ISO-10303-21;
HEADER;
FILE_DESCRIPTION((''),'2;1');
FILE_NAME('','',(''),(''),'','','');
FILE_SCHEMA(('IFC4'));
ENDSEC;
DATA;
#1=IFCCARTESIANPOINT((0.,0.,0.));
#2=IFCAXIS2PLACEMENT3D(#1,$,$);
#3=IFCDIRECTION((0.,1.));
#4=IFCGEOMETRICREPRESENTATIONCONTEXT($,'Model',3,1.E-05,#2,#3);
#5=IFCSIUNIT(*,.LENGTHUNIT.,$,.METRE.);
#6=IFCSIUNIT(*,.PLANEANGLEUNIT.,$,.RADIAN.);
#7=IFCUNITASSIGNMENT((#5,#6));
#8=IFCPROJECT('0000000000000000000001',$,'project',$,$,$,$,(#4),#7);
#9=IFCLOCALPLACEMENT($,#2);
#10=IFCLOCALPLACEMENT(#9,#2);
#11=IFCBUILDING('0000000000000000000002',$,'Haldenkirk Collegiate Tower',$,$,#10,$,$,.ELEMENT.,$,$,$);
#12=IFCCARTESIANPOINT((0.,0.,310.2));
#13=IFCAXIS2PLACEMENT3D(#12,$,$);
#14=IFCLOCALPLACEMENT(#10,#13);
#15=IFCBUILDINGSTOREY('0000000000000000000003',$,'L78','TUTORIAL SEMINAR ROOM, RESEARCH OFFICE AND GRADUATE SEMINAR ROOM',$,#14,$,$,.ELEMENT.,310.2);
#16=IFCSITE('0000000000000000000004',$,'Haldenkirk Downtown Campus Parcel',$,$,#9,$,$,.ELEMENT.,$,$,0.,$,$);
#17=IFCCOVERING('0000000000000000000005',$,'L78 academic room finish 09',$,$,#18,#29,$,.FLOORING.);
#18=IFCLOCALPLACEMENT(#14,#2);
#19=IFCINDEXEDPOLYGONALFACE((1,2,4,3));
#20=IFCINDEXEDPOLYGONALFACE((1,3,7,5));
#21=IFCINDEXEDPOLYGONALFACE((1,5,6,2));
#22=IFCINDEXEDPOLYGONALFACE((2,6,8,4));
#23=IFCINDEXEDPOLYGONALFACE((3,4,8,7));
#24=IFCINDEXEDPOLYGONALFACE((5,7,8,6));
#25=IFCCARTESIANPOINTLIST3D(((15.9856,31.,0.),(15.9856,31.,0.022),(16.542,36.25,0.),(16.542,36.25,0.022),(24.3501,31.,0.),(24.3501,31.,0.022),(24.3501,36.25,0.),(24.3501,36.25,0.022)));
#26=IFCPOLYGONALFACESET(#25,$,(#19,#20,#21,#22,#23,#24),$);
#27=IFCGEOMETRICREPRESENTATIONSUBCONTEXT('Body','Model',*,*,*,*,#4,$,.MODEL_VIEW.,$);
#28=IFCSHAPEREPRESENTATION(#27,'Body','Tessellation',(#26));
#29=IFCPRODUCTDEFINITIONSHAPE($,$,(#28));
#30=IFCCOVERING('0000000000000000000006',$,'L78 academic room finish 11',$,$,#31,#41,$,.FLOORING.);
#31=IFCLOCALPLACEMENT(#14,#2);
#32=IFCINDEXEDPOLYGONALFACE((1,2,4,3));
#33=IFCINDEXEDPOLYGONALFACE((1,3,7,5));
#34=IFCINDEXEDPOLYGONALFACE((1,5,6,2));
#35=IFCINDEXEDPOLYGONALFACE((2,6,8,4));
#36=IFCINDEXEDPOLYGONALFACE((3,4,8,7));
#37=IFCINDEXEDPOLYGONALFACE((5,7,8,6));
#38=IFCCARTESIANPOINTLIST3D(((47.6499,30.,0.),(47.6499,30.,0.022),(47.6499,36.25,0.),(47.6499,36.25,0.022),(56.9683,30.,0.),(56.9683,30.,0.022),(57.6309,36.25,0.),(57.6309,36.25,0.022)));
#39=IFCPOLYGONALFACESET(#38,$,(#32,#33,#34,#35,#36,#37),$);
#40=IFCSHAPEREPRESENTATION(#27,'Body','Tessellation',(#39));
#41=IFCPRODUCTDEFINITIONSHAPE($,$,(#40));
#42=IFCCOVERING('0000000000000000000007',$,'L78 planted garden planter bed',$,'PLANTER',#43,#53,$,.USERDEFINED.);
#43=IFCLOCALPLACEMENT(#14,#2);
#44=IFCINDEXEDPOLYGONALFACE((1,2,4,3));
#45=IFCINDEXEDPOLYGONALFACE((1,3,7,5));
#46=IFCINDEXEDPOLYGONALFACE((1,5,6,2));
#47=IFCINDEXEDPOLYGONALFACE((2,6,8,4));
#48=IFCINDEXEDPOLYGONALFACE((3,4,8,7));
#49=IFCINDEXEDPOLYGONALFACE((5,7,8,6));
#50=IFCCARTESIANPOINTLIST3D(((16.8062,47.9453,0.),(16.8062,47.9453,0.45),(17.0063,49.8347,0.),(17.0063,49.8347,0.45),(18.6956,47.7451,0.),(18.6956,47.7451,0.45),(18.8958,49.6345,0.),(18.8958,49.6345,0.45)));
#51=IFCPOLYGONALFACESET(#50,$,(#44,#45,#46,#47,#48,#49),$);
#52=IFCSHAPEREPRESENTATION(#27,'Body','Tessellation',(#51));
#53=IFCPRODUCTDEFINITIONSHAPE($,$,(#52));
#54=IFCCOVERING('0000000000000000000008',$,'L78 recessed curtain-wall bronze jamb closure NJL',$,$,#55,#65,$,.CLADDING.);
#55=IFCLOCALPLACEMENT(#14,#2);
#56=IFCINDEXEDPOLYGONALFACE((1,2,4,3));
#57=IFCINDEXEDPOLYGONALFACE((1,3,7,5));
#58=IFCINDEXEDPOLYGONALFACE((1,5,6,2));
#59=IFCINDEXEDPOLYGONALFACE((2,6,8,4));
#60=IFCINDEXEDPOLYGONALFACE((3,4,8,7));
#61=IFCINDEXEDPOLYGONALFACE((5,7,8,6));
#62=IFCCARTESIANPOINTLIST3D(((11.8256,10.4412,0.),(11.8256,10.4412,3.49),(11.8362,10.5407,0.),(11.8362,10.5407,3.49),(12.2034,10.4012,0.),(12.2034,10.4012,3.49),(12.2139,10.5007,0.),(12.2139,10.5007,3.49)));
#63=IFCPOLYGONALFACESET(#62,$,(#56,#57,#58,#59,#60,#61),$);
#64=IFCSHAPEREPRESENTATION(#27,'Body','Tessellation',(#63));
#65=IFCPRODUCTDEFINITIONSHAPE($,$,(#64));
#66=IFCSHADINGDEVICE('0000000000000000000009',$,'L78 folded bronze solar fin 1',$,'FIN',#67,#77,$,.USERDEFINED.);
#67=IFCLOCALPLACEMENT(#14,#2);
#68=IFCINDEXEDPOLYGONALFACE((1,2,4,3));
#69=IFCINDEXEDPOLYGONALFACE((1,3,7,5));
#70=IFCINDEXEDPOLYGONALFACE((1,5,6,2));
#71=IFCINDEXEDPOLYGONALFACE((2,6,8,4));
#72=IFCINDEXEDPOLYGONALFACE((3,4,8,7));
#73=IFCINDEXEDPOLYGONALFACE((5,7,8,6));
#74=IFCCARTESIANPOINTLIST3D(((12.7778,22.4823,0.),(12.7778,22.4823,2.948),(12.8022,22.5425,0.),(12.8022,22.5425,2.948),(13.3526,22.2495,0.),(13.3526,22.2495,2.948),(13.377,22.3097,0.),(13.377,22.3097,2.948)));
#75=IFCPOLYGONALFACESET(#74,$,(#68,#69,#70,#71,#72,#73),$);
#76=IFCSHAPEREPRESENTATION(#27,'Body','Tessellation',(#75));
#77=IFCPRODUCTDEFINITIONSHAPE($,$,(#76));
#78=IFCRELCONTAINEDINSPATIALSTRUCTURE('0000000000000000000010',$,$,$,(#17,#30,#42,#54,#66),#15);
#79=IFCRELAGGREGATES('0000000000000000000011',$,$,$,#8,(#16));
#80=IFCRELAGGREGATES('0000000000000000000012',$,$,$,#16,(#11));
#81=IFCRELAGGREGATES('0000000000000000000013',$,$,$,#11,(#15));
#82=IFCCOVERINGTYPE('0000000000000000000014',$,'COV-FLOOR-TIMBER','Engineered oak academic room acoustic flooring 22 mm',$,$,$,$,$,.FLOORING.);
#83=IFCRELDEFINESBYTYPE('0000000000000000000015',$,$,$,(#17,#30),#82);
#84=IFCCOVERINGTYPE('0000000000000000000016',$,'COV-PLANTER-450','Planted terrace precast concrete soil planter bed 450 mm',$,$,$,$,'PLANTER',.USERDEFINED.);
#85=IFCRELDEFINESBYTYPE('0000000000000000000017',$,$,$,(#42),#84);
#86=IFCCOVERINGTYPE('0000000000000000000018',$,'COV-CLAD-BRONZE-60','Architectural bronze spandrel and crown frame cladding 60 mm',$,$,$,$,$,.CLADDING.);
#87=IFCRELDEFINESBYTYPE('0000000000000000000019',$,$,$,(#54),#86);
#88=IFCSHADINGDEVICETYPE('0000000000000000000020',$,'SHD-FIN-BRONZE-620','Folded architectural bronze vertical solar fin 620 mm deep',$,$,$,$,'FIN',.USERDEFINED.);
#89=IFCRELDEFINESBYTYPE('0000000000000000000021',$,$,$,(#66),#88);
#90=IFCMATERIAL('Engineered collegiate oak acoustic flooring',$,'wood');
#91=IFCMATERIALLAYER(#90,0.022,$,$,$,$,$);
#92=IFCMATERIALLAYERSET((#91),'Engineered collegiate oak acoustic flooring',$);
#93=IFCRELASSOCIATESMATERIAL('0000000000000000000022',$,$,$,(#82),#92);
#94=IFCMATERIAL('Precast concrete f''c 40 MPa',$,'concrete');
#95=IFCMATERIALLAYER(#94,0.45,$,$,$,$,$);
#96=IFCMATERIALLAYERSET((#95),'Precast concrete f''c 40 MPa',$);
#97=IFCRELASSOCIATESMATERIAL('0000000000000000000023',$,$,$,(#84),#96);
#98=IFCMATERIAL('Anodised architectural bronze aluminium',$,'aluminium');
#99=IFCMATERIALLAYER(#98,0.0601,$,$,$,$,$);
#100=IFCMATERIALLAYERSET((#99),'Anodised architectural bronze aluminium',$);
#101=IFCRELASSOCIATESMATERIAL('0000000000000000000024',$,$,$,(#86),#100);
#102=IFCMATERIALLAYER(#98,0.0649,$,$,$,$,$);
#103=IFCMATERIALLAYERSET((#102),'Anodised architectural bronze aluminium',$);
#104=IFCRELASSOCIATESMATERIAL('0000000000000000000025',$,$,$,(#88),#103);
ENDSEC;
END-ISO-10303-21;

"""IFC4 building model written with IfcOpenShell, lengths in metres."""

from ifc_helpers import new_model, si_unit, direction, frame, origin, origin_2d, place, context, subcontext, project, spatial, polyline, rectangle, outline, extrude, source, transform, mapped, material, layer, layer_set, type_object, element, save


model = new_model("IFC4")

# Units and contexts
model_context = context("Model", 3, precision=1e-05, world=origin(), true_north=direction((0.0, 1.0)))
body_context = subcontext(model_context, "Body", "Model", "MODEL_VIEW")
ifc_project = project(units=[si_unit("LENGTHUNIT", "METRE"), si_unit("PLANEANGLEUNIT", "RADIAN")], contexts=[model_context])

# Site, building, storey
site_placement = place(None, origin())
site = spatial("IfcSite", under=ifc_project, at=site_placement, Name="Haldenkirk Downtown Campus Parcel", CompositionType="ELEMENT", RefElevation=0.0)
building_placement = place(site_placement, origin())
building = spatial("IfcBuilding", under=site, at=building_placement, Name="Haldenkirk Collegiate Tower", CompositionType="ELEMENT")
storey_placement = place(building_placement, frame((0.0, 0.0, 310.2)))
storey = spatial("IfcBuildingStorey", under=building, at=storey_placement, Name="L78", Description="TUTORIAL SEMINAR ROOM, RESEARCH OFFICE AND GRADUATE SEMINAR ROOM", CompositionType="ELEMENT", Elevation=310.2)

# Shared definitions
ifc_material_1 = material(Name="Anodised architectural bronze aluminium", Category="aluminium")

# Shared definitions
ifc_material_2 = material(Name="Precast concrete f'c 40 MPa", Category="concrete")

# Coverings
ifc_material_3 = material(Name="Engineered collegiate oak acoustic flooring", Category="wood")
ifc_layer_1 = layer(ifc_material_3, 0.022)
ifc_layer_set_1 = layer_set([ifc_layer_1], Name="Engineered collegiate oak acoustic flooring")
covering_type_1 = type_object("IfcCoveringType", Name="COV-FLOOR-TIMBER", Description="Engineered oak academic room acoustic flooring 22 mm", PredefinedType="FLOORING", material=ifc_layer_set_1)
covering_1_placement = place(storey_placement, origin())
element("IfcCovering", 1, at=covering_1_placement, inside=storey, type_object=covering_type_1, Name="L78 academic room finish 09", PredefinedType="FLOORING", context=body_context, shape_type="SweptSolid", body=[
    extrude(outline(polyline([(16.542, 36.25), (24.3501, 36.25), (24.3501, 31.0), (15.9856, 31.0), (16.542, 36.25)])), origin(), (0.0, 0.0, 1.0), 0.022),
])
covering_2_placement = place(storey_placement, origin())
element("IfcCovering", 2, at=covering_2_placement, inside=storey, type_object=covering_type_1, Name="L78 academic room finish 11", PredefinedType="FLOORING", context=body_context, shape_type="SweptSolid", body=[
    extrude(outline(polyline([(56.9683, 30.0), (47.6499, 30.0), (47.6499, 36.25), (57.6309, 36.25), (56.9683, 30.0)])), origin(), (0.0, 0.0, 1.0), 0.022),
])
ifc_layer_2 = layer(ifc_material_2, 0.45)
ifc_layer_set_2 = layer_set([ifc_layer_2], Name="Precast concrete f'c 40 MPa")
covering_type_2 = type_object("IfcCoveringType", Name="COV-PLANTER-450", Description="Planted terrace precast concrete soil planter bed 450 mm", ElementType="PLANTER", PredefinedType="USERDEFINED", material=ifc_layer_set_2)
covering_3_placement = place(storey_placement, origin())
element("IfcCovering", 3, at=covering_3_placement, inside=storey, type_object=covering_type_2, Name="L78 planted garden planter bed", ObjectType="PLANTER", PredefinedType="USERDEFINED", context=body_context, shape_type="SweptSolid", body=[
    extrude(outline(polyline([(18.6956, 47.7451), (16.8062, 47.9453), (17.0063, 49.8347), (18.8958, 49.6345), (18.6956, 47.7451)])), origin(), (0.0, 0.0, 1.0), 0.45),
])
ifc_layer_3 = layer(ifc_material_1, 0.0601)
ifc_layer_set_3 = layer_set([ifc_layer_3], Name="Anodised architectural bronze aluminium")
covering_type_3 = type_object("IfcCoveringType", Name="COV-CLAD-BRONZE-60", Description="Architectural bronze spandrel and crown frame cladding 60 mm", PredefinedType="CLADDING", material=ifc_layer_set_3)
shared_shape_1 = source(origin(), body_context, "Body", "SweptSolid", [
    extrude(rectangle(XDim=0.1001, YDim=0.3799, at=origin_2d()), origin(), (0.0, 0.0, 1.0), 3.49),
])
covering_4_placement = place(storey_placement, frame((12.0198, 10.4709, 0.0), z_axis=(0.0, 0.0, 1.0), x_axis=(0.105396, 0.99443, 0.0)))
element("IfcCovering", 4, at=covering_4_placement, inside=storey, type_object=covering_type_3, Name="L78 recessed curtain-wall bronze jamb closure NJL", PredefinedType="CLADDING", context=body_context, shape_type="MappedRepresentation", body=[
    mapped(shared_shape_1, transform((0.0, 0.0, 0.0), x_axis=(1.0, 0.0, 0.0), y_axis=(0.0, 1.0, 0.0), z_axis=(0.0, 0.0, 1.0), scale=1.0)),
])

# Shading device
ifc_layer_4 = layer(ifc_material_1, 0.0649)
ifc_layer_set_4 = layer_set([ifc_layer_4], Name="Anodised architectural bronze aluminium")
shading_device_type = type_object("IfcShadingDeviceType", Name="SHD-FIN-BRONZE-620", Description="Folded architectural bronze vertical solar fin 620 mm deep", ElementType="FIN", PredefinedType="USERDEFINED", material=ifc_layer_set_4)
shared_shape_2 = source(origin(), body_context, "Body", "SweptSolid", [
    extrude(rectangle(XDim=0.6201, YDim=0.0649, at=origin_2d()), origin(), (0.0, 0.0, 1.0), 2.948),
])
shading_device_placement = place(storey_placement, frame((13.0774, 22.396, 0.0), z_axis=(0.0, 0.0, 1.0), x_axis=(-0.926857, 0.375416, 0.0)))
element("IfcShadingDevice", 5, at=shading_device_placement, inside=storey, type_object=shading_device_type, Name="L78 folded bronze solar fin 1", ObjectType="FIN", PredefinedType="USERDEFINED", context=body_context, shape_type="MappedRepresentation", body=[
    mapped(shared_shape_2, transform((0.0, 0.0, 0.0), x_axis=(1.0, 0.0, 0.0), y_axis=(0.0, 1.0, 0.0), z_axis=(0.0, 0.0, 1.0), scale=1.0)),
])

save(model, "model.ifc")
